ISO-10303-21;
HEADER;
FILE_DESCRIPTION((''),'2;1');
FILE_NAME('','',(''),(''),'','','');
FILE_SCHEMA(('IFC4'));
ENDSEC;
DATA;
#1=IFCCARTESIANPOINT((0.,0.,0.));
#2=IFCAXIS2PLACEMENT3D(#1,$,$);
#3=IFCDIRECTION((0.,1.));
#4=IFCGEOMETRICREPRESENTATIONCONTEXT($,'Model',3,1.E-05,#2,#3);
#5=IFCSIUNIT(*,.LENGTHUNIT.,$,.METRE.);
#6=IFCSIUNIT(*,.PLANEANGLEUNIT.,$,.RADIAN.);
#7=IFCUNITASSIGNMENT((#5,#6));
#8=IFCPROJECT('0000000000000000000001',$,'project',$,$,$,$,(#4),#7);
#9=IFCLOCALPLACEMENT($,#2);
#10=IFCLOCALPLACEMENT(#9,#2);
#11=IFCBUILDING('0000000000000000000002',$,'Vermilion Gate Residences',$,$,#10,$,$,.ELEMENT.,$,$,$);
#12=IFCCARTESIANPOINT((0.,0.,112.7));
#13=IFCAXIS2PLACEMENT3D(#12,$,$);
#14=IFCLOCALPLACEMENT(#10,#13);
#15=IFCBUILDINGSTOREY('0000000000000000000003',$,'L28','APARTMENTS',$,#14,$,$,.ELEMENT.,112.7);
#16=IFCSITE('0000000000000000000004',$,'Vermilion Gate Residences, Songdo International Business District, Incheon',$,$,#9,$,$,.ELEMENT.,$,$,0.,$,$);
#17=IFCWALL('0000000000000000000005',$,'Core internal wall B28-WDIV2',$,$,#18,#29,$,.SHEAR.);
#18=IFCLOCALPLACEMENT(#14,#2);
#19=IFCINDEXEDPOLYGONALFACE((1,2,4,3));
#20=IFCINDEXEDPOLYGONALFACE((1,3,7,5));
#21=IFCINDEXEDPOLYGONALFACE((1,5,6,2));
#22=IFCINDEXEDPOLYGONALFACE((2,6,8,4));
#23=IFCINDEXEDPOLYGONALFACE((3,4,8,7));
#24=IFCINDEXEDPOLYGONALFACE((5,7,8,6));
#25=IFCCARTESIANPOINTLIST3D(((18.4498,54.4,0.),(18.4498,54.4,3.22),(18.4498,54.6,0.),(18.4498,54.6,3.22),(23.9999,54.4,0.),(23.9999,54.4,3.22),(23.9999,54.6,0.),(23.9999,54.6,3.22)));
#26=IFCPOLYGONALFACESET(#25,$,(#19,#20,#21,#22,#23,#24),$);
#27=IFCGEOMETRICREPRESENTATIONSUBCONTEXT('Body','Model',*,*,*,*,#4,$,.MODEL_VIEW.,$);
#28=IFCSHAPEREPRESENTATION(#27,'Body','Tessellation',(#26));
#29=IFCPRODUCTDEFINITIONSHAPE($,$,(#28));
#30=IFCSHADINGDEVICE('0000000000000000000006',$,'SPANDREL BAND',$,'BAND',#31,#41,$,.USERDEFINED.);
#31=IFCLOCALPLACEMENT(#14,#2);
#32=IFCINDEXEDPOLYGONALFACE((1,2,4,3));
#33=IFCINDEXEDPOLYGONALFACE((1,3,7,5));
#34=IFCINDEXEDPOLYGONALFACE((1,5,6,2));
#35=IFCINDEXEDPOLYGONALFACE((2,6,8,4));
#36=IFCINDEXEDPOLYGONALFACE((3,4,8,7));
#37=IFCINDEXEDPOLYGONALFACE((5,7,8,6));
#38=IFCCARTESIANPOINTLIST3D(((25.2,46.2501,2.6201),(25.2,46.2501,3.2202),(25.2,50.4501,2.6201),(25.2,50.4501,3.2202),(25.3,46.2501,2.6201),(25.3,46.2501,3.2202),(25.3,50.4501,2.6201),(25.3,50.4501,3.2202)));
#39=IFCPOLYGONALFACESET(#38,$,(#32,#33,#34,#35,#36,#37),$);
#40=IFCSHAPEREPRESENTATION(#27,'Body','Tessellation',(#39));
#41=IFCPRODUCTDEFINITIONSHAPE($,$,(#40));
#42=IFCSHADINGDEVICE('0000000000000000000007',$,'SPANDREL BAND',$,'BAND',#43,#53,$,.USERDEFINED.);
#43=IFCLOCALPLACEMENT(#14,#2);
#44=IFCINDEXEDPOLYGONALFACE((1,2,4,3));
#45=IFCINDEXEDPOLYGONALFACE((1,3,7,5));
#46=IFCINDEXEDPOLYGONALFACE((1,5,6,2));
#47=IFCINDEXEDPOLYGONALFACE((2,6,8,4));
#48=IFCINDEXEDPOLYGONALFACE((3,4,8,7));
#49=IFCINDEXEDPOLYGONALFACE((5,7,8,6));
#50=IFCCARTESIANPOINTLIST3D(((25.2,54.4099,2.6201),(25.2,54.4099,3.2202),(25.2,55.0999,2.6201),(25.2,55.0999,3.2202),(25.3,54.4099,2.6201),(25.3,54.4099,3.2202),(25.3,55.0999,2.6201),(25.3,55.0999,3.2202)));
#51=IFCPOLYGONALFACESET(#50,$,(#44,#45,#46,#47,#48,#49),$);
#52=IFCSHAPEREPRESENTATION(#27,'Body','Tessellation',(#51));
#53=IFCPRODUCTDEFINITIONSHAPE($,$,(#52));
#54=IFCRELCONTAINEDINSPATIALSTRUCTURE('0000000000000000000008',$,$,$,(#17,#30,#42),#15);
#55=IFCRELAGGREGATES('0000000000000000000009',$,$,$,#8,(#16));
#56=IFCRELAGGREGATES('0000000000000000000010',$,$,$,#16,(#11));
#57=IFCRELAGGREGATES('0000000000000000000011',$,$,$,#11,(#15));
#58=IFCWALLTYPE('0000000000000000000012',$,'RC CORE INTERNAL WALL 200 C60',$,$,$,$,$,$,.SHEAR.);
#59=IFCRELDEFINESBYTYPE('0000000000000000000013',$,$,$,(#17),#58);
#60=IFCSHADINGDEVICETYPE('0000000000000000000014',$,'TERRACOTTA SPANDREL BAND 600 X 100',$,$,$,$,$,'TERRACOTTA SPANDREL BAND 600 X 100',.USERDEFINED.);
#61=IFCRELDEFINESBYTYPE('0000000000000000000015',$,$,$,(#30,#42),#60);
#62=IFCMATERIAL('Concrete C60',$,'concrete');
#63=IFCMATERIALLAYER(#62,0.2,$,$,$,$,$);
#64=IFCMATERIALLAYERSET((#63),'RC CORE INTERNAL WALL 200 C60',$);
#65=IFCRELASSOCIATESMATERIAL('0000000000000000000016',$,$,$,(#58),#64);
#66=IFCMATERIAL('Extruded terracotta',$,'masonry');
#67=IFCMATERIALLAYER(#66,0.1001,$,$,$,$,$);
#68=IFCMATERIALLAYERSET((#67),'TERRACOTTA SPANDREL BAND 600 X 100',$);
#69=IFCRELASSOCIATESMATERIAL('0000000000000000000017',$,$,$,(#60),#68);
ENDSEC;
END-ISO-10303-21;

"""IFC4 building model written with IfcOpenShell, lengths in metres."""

from ifc_helpers import new_model, si_unit, direction, frame, frame_2d, origin, origin_2d, place, context, subcontext, project, spatial, rectangle, extrude, material, layer, layer_set, type_object, element, save


model = new_model("IFC4")

# Units and contexts
model_context = context("Model", 3, precision=1e-05, world=origin(), true_north=direction((0.0, 1.0)))
body_context = subcontext(model_context, "Body", "Model", "MODEL_VIEW")
ifc_project = project(units=[si_unit("LENGTHUNIT", "METRE"), si_unit("PLANEANGLEUNIT", "RADIAN")], contexts=[model_context])

# Site, building, storey
site_placement = place(None, origin())
site = spatial("IfcSite", under=ifc_project, at=site_placement, Name="Vermilion Gate Residences, Songdo International Business District, Incheon", CompositionType="ELEMENT", RefElevation=0.0)
building_placement = place(site_placement, origin())
building = spatial("IfcBuilding", under=site, at=building_placement, Name="Vermilion Gate Residences", CompositionType="ELEMENT")
storey_placement = place(building_placement, frame((0.0, 0.0, 112.7)))
storey = spatial("IfcBuildingStorey", under=building, at=storey_placement, Name="L28", Description="APARTMENTS", CompositionType="ELEMENT", Elevation=112.7)

# Shared definitions
ifc_material_1 = material(Name="Concrete C60", Category="concrete")
ifc_layer_1 = layer(ifc_material_1, 0.2)
ifc_layer_set_1 = layer_set([ifc_layer_1], Name="RC CORE INTERNAL WALL 200 C60")
wall_type_1 = type_object("IfcWallType", Name="RC CORE INTERNAL WALL 200 C60", PredefinedType="SHEAR", material=ifc_layer_set_1)

# Wall
wall_1_placement = place(storey_placement, frame((18.45, 54.5, 0.0), z_axis=(0.0, 0.0, 1.0), x_axis=(1.0, 0.0, 0.0)))
element("IfcWall", 1, at=wall_1_placement, inside=storey, type_object=wall_type_1, Name="Core internal wall B28-WDIV2", PredefinedType="SHEAR", context=body_context, shape_type="SweptSolid", body=[
    extrude(rectangle(XDim=5.55, YDim=0.2, at=frame_2d((2.7749, 0.0))), origin(), (0.0, 0.0, 1.0), 3.22),
])

# Shading devices
ifc_material_2 = material(Name="Extruded terracotta", Category="masonry")
ifc_layer_2 = layer(ifc_material_2, 0.1001)
ifc_layer_set_2 = layer_set([ifc_layer_2], Name="TERRACOTTA SPANDREL BAND 600 X 100")
shading_device_type = type_object("IfcShadingDeviceType", Name="TERRACOTTA SPANDREL BAND 600 X 100", ElementType="TERRACOTTA SPANDREL BAND 600 X 100", PredefinedType="USERDEFINED", material=ifc_layer_set_2)
shading_device_1_placement = place(storey_placement, frame((25.25, 48.3501, 2.6201), z_axis=(0.0, 0.0, 1.0), x_axis=(0.0, 1.0, 0.0)))
element("IfcShadingDevice", 2, at=shading_device_1_placement, inside=storey, type_object=shading_device_type, Name="SPANDREL BAND", ObjectType="BAND", PredefinedType="USERDEFINED", context=body_context, shape_type="SweptSolid", body=[
    extrude(rectangle(XDim=4.2, YDim=0.1001, at=origin_2d()), origin(), (0.0, 0.0, 1.0), 0.6001),
])
shading_device_2_placement = place(storey_placement, frame((25.25, 54.7549, 2.6201), z_axis=(0.0, 0.0, 1.0), x_axis=(0.0, 1.0, 0.0)))
element("IfcShadingDevice", 3, at=shading_device_2_placement, inside=storey, type_object=shading_device_type, Name="SPANDREL BAND", ObjectType="BAND", PredefinedType="USERDEFINED", context=body_context, shape_type="SweptSolid", body=[
    extrude(rectangle(XDim=0.6899, YDim=0.1001, at=origin_2d()), origin(), (0.0, 0.0, 1.0), 0.6001),
])

save(model, "model.ifc")
